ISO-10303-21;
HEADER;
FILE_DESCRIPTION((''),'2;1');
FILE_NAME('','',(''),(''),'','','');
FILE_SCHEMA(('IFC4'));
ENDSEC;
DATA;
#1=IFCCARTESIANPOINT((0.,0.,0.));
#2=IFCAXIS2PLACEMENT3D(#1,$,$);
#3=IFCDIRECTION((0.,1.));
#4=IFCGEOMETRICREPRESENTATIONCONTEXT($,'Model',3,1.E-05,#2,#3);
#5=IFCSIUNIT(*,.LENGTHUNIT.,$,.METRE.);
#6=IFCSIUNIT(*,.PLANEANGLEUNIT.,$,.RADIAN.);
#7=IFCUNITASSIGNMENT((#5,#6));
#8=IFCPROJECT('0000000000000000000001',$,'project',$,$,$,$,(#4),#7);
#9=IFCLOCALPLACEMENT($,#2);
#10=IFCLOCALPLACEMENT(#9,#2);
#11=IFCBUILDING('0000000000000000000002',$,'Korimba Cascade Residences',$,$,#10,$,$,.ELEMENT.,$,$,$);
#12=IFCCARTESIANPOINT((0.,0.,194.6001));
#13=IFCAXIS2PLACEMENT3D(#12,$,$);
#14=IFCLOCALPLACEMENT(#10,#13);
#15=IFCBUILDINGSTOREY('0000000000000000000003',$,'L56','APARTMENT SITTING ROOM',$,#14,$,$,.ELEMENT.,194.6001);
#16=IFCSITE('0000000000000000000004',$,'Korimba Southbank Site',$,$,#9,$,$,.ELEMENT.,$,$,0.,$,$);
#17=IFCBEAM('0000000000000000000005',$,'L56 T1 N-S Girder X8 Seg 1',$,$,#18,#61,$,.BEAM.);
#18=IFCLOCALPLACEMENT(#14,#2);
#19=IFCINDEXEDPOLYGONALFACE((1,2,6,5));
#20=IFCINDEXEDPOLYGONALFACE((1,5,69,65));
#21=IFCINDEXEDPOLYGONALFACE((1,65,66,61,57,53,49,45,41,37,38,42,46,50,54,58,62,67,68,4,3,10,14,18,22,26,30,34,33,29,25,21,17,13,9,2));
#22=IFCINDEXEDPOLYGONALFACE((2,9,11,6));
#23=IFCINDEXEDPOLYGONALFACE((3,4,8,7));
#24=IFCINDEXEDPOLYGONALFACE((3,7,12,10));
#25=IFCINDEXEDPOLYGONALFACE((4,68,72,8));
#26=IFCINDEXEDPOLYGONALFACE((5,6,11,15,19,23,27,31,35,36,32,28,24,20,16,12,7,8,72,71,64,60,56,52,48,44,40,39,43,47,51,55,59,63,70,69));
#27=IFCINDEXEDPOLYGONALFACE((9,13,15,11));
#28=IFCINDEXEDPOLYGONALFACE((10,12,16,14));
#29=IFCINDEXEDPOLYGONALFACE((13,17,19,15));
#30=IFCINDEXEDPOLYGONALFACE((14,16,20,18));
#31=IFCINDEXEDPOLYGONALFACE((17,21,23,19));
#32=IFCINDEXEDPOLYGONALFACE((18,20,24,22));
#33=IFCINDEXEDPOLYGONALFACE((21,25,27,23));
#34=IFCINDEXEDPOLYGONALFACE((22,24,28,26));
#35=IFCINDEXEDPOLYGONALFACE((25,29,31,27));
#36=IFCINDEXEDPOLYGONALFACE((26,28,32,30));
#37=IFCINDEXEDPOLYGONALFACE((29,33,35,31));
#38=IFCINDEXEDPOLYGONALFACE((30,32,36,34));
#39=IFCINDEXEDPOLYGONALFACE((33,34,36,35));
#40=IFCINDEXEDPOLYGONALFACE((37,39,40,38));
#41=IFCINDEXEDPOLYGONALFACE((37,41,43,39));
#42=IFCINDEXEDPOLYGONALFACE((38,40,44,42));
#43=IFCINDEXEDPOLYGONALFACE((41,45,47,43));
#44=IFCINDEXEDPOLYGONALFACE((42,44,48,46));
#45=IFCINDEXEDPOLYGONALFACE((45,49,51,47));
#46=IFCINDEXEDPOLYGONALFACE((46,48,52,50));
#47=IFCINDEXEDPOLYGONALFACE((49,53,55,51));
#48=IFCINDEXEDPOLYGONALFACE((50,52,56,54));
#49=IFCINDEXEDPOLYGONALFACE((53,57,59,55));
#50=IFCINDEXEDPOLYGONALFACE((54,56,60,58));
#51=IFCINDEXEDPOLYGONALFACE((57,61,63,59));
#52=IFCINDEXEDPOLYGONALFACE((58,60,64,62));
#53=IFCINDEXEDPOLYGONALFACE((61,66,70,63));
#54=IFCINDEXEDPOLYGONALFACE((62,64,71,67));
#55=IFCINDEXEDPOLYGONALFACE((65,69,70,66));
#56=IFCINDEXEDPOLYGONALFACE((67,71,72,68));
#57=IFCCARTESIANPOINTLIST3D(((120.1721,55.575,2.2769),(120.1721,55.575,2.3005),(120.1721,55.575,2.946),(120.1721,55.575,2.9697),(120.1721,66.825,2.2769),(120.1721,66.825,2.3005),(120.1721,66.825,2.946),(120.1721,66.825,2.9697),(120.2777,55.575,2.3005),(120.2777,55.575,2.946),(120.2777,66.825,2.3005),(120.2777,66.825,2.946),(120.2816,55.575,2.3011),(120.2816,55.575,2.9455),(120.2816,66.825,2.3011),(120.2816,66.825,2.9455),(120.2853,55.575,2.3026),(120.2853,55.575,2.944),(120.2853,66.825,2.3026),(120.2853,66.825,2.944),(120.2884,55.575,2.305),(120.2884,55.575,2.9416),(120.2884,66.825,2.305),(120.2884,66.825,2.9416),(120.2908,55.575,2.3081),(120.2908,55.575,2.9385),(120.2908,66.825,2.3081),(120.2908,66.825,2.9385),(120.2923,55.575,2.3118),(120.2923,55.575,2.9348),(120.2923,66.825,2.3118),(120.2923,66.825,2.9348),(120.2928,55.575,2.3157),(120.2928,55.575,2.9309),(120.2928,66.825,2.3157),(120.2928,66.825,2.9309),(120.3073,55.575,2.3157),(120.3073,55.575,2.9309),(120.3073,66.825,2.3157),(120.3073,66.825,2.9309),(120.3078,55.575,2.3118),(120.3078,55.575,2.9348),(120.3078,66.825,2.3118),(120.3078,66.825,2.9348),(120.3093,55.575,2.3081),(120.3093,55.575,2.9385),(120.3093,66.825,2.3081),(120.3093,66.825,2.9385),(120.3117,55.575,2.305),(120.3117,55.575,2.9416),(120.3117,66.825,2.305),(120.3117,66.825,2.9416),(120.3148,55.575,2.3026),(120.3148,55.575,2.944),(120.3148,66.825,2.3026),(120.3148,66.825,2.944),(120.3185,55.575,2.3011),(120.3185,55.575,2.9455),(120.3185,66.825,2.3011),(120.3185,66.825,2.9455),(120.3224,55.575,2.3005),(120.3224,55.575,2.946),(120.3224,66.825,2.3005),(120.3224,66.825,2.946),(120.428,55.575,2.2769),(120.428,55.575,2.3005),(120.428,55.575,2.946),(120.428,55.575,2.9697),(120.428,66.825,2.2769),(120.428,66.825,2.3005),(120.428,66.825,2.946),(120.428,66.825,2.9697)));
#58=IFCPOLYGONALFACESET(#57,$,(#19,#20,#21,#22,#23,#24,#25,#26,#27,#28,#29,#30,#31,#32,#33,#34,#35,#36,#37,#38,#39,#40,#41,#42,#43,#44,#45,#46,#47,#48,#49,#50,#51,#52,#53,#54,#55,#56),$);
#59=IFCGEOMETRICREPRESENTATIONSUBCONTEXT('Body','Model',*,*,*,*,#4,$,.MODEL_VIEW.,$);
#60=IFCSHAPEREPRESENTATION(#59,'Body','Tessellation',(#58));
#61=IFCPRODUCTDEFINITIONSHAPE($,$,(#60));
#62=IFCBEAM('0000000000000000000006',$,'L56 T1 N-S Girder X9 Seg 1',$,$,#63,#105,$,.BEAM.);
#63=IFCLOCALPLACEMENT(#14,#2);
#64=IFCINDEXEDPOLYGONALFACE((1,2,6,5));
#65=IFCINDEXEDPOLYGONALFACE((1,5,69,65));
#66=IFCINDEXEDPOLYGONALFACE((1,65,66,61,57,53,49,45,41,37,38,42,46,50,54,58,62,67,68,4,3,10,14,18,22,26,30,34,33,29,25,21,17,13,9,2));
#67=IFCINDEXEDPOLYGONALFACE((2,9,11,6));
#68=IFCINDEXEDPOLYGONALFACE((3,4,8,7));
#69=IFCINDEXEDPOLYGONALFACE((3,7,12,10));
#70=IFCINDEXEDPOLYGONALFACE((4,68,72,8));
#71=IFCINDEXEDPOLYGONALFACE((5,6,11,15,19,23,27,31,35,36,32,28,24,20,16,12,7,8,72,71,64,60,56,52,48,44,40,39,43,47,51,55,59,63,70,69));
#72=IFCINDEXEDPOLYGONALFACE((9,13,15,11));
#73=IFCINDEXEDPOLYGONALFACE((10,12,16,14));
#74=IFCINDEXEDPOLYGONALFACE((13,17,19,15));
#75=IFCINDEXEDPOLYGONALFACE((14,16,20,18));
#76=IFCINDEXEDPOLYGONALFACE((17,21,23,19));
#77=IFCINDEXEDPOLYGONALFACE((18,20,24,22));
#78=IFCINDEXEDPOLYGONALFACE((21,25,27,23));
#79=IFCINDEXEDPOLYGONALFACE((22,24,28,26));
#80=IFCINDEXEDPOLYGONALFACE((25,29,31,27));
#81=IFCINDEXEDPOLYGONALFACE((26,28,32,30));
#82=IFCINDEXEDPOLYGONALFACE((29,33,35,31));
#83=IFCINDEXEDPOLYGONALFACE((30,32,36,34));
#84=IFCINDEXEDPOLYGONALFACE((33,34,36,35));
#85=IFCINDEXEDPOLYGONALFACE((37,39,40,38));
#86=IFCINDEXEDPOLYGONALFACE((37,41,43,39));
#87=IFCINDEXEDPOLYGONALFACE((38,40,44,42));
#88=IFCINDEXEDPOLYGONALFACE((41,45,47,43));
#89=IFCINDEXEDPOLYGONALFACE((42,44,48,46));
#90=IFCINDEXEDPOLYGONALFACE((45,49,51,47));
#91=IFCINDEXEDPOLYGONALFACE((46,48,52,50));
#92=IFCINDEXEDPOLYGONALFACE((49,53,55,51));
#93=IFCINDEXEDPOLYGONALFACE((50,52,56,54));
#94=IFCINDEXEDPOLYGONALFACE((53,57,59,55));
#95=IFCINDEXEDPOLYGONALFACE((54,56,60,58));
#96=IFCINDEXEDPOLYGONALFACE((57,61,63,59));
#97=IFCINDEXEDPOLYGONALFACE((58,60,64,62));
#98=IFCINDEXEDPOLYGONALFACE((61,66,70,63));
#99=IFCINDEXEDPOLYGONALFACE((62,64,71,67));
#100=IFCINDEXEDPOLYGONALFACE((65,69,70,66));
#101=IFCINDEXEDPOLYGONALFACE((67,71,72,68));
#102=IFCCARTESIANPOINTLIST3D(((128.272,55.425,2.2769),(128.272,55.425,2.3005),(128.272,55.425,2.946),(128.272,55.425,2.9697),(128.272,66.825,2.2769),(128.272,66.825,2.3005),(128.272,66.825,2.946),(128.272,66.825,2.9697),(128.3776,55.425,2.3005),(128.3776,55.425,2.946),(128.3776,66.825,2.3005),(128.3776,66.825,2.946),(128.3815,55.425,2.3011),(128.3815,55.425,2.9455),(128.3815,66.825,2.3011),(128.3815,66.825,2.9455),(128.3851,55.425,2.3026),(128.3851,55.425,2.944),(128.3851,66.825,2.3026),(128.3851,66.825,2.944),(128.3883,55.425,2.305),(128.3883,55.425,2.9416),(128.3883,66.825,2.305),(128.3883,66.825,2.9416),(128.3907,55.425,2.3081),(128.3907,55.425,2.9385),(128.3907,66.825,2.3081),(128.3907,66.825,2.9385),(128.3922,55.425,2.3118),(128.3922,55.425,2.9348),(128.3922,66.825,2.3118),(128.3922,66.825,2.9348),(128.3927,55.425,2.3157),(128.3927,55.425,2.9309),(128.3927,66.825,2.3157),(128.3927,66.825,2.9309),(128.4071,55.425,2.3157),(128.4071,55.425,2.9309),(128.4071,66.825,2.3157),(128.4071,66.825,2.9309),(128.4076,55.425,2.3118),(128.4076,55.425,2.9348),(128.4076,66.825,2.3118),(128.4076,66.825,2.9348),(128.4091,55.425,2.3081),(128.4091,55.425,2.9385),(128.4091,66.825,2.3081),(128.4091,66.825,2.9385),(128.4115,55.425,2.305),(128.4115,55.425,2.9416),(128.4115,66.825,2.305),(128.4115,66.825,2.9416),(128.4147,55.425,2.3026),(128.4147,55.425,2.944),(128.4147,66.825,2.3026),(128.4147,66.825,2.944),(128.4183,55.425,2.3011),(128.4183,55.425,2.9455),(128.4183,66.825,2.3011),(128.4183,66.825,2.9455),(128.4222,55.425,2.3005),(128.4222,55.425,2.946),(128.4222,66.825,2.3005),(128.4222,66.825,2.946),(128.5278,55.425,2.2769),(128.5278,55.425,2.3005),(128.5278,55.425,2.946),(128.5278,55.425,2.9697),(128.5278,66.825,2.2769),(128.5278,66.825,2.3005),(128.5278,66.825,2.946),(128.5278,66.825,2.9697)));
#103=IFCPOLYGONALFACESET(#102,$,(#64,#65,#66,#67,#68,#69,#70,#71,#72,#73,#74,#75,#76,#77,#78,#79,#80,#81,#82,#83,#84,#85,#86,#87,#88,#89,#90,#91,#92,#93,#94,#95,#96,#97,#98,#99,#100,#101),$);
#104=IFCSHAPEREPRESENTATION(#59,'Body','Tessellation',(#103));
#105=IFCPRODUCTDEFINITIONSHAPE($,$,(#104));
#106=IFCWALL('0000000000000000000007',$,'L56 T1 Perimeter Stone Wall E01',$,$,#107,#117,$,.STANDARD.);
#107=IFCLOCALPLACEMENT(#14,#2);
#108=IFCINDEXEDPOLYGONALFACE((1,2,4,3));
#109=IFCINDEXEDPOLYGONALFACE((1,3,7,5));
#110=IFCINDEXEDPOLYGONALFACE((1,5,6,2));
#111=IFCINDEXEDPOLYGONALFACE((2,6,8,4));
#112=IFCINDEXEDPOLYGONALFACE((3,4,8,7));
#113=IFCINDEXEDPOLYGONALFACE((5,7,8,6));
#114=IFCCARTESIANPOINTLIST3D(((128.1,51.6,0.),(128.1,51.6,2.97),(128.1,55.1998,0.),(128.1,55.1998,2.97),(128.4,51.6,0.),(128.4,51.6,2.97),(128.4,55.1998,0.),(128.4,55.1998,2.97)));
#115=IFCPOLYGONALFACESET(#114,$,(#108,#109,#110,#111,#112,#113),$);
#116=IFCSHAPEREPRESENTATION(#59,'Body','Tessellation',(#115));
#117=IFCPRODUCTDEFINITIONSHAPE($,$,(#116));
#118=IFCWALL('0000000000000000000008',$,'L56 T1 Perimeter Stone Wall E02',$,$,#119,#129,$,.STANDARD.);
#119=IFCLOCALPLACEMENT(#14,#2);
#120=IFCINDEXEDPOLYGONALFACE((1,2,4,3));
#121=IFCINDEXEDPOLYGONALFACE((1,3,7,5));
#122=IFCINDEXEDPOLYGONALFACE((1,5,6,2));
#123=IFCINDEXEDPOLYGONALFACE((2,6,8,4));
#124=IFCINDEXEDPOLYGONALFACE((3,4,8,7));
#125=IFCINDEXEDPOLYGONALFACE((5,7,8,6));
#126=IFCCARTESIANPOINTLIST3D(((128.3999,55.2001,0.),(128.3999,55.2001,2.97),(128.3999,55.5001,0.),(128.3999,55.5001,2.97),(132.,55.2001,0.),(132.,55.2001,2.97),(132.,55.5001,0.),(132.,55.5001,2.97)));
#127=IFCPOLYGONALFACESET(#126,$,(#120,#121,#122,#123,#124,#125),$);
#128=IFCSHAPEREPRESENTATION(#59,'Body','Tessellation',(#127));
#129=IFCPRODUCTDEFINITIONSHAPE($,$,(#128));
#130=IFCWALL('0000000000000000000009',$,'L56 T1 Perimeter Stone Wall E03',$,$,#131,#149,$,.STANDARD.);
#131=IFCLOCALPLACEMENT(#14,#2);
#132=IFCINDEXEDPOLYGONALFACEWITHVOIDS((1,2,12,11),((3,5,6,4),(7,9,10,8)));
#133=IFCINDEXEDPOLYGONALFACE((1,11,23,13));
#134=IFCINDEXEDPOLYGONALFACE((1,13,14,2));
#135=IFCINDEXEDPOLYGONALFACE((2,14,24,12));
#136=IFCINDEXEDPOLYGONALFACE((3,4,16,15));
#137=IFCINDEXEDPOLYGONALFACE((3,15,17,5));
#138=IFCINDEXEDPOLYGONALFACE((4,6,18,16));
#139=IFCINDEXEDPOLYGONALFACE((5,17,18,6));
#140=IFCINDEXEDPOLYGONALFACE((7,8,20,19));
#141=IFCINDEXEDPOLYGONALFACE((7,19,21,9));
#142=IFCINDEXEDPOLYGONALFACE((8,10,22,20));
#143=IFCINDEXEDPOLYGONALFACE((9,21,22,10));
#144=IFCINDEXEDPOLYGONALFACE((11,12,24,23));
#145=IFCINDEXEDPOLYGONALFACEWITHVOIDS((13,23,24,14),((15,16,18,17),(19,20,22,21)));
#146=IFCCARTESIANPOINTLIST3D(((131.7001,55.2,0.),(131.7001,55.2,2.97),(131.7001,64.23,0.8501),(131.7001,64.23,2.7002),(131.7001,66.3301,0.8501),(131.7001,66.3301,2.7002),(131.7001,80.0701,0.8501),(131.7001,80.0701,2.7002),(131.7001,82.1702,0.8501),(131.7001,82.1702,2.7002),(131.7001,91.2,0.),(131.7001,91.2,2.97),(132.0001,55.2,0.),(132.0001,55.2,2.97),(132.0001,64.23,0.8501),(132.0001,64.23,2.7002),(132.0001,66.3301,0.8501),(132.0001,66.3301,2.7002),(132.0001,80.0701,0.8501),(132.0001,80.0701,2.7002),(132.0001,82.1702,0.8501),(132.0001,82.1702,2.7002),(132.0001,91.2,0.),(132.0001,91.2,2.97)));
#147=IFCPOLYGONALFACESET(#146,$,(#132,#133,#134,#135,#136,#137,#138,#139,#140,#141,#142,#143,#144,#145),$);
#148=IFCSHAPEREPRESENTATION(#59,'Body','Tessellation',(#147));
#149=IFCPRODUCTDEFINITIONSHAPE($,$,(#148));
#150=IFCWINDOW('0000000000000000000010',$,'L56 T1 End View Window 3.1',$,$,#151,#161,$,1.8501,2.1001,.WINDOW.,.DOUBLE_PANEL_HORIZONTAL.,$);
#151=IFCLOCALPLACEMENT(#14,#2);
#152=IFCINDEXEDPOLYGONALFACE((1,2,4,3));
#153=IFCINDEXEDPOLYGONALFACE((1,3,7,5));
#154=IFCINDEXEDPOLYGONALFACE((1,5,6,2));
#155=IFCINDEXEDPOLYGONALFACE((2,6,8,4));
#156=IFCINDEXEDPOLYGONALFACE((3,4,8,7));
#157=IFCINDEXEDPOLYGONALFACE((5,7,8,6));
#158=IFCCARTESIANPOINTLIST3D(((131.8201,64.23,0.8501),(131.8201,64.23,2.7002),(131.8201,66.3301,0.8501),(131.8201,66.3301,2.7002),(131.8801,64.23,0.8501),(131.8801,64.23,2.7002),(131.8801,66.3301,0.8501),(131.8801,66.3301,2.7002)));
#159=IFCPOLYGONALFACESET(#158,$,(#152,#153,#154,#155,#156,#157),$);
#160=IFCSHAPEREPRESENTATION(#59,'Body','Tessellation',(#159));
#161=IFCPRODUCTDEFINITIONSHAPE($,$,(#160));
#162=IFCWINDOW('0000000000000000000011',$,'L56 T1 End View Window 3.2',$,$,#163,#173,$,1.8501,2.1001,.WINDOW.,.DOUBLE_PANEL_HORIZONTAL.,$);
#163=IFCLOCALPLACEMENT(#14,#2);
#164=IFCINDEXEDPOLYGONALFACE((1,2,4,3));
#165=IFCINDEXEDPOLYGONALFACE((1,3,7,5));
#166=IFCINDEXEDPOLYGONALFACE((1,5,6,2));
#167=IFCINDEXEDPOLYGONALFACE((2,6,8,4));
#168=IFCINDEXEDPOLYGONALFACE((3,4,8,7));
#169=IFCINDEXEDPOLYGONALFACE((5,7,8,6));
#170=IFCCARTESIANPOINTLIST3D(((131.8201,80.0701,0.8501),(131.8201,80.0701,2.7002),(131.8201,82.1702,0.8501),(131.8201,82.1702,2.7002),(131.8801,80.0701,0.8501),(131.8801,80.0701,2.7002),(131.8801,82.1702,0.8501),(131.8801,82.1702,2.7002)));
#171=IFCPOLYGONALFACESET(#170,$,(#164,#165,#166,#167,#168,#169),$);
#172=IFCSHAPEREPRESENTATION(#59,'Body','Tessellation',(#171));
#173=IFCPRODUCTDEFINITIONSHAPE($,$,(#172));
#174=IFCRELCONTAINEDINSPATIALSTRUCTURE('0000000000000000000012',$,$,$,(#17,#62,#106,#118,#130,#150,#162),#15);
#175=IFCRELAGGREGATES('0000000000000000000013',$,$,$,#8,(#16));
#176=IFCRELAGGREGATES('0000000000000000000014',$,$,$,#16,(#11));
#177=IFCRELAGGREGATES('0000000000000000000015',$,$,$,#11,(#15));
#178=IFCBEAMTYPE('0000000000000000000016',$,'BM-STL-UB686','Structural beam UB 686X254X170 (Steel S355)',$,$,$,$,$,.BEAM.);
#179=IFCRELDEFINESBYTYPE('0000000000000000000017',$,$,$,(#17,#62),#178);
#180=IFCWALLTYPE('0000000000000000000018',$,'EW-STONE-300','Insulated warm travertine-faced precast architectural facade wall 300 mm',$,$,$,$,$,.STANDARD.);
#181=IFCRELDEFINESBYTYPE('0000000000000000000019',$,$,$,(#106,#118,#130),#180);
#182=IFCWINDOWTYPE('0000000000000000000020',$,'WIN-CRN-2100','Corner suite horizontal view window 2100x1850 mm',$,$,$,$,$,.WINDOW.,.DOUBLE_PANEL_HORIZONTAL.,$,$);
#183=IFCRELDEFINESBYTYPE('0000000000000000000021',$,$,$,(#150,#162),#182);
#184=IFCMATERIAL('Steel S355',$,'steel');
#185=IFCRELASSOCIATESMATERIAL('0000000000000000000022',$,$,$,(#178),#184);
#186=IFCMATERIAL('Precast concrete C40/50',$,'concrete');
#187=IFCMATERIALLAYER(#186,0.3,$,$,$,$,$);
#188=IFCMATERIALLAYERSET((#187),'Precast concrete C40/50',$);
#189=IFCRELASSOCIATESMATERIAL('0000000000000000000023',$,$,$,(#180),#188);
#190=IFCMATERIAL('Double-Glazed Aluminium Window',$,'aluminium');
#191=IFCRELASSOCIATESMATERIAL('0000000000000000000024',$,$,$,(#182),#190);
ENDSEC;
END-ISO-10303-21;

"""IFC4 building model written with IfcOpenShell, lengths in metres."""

from ifc_helpers import new_model, si_unit, direction, frame, frame_2d, origin, origin_2d, place, context, subcontext, project, spatial, rectangle, i_section, extrude, material, layer, layer_set, material_profile, profile_set, type_object, element, fill, save


model = new_model("IFC4")

# Units and contexts
model_context = context("Model", 3, precision=1e-05, world=origin(), true_north=direction((0.0, 1.0)))
body_context = subcontext(model_context, "Body", "Model", "MODEL_VIEW")
ifc_project = project(units=[si_unit("LENGTHUNIT", "METRE"), si_unit("PLANEANGLEUNIT", "RADIAN")], contexts=[model_context])

# Site, building, storey
site_placement = place(None, origin())
site = spatial("IfcSite", under=ifc_project, at=site_placement, Name="Korimba Southbank Site", CompositionType="ELEMENT", RefElevation=0.0)
building_placement = place(site_placement, origin())
building = spatial("IfcBuilding", under=site, at=building_placement, Name="Korimba Cascade Residences", CompositionType="ELEMENT")
storey_placement = place(building_placement, frame((0.0, 0.0, 194.6001)))
storey = spatial("IfcBuildingStorey", under=building, at=storey_placement, Name="L56", Description="APARTMENT SITTING ROOM", CompositionType="ELEMENT", Elevation=194.6001)

# Beams
ifc_material_1 = material(Name="Steel S355", Category="steel")
ifc_material_profile_1 = material_profile(ifc_material_1, i_section(OverallWidth=0.2559, OverallDepth=0.6929, WebThickness=0.0144, FlangeThickness=0.0237, FilletRadius=0.0151, at=origin_2d()), Name="Steel S355")
ifc_profile_set_1 = profile_set([ifc_material_profile_1], Name="Steel S355")
beam_type_1 = type_object("IfcBeamType", Name="BM-STL-UB686", Description="Structural beam UB 686X254X170 (Steel S355)", PredefinedType="BEAM", material=ifc_profile_set_1)
beam_1_placement = place(storey_placement, frame((120.3, 55.575, 2.6233), z_axis=(0.0, 1.0, 0.0), x_axis=(-1.0, 0.0, 0.0)))
element("IfcBeam", 1, at=beam_1_placement, inside=storey, type_object=beam_type_1, Name="L56 T1 N-S Girder X8 Seg 1", PredefinedType="BEAM", context=body_context, shape_type="SweptSolid", body=[
    extrude(i_section(OverallWidth=0.2559, OverallDepth=0.6929, WebThickness=0.0144, FlangeThickness=0.0237, FilletRadius=0.0151, at=origin_2d()), origin(), (0.0, 0.0, 1.0), 11.25),
])
beam_2_placement = place(storey_placement, frame((128.3999, 55.425, 2.6233), z_axis=(0.0, 1.0, 0.0), x_axis=(-1.0, 0.0, 0.0)))
element("IfcBeam", 2, at=beam_2_placement, inside=storey, type_object=beam_type_1, Name="L56 T1 N-S Girder X9 Seg 1", PredefinedType="BEAM", context=body_context, shape_type="SweptSolid", body=[
    extrude(i_section(OverallWidth=0.2559, OverallDepth=0.6929, WebThickness=0.0144, FlangeThickness=0.0237, FilletRadius=0.0151, at=origin_2d()), origin(), (0.0, 0.0, 1.0), 11.3999),
])

# Walls
ifc_material_2 = material(Name="Precast concrete C40/50", Category="concrete")
ifc_layer_1 = layer(ifc_material_2, 0.3)
ifc_layer_set_1 = layer_set([ifc_layer_1], Name="Precast concrete C40/50")
wall_type_1 = type_object("IfcWallType", Name="EW-STONE-300", Description="Insulated warm travertine-faced precast architectural facade wall 300 mm", PredefinedType="STANDARD", material=ifc_layer_set_1)
wall_1_placement = place(storey_placement, frame((128.25, 51.6001, 0.0), z_axis=(0.0, 0.0, 1.0), x_axis=(0.0, 1.0, 0.0)))
element("IfcWall", 3, at=wall_1_placement, inside=storey, type_object=wall_type_1, Name="L56 T1 Perimeter Stone Wall E01", PredefinedType="STANDARD", context=body_context, shape_type="SweptSolid", body=[
    extrude(rectangle(XDim=3.5999, YDim=0.3, at=frame_2d((1.7998, 0.0))), origin(), (0.0, 0.0, 1.0), 2.97),
])
wall_2_placement = place(storey_placement, frame((128.3999, 55.3501, 0.0), z_axis=(0.0, 0.0, 1.0), x_axis=(1.0, 0.0, 0.0)))
element("IfcWall", 4, at=wall_2_placement, inside=storey, type_object=wall_type_1, Name="L56 T1 Perimeter Stone Wall E02", PredefinedType="STANDARD", context=body_context, shape_type="SweptSolid", body=[
    extrude(rectangle(XDim=3.6001, YDim=0.3, at=frame_2d((1.8, 0.0))), origin(), (0.0, 0.0, 1.0), 2.97),
])

# Wall, openings, windows
wall_3_placement = place(storey_placement, frame((131.8501, 55.2, 0.0), z_axis=(0.0, 0.0, 1.0), x_axis=(0.0, 1.0, 0.0)))
wall_3 = element("IfcWall", 5, at=wall_3_placement, inside=storey, type_object=wall_type_1, Name="L56 T1 Perimeter Stone Wall E03", PredefinedType="STANDARD", context=body_context, shape_type="SweptSolid", body=[
    extrude(rectangle(XDim=36.0, YDim=0.3, at=frame_2d((18.0, 0.0))), origin(), (0.0, 0.0, 1.0), 2.97),
])
opening_1_placement = place(wall_3_placement, frame((9.03, 0.0, 0.8501)))
opening_1 = element("IfcOpeningElement", 6, at=opening_1_placement, cuts=wall_3, PredefinedType="OPENING", context=body_context, shape_type="SweptSolid", body=[
    extrude(rectangle(XDim=2.1001, YDim=1.8501, at=frame_2d((1.05, 0.925))), frame((0.0, 0.1602, 0.0), z_axis=(0.0, -1.0, 0.0), x_axis=(1.0, 0.0, 0.0)), (0.0, 0.0, 1.0), 0.3201),
])
opening_2_placement = place(wall_3_placement, frame((24.8701, 0.0, 0.8501)))
opening_2 = element("IfcOpeningElement", 7, at=opening_2_placement, cuts=wall_3, PredefinedType="OPENING", context=body_context, shape_type="SweptSolid", body=[
    extrude(rectangle(XDim=2.1001, YDim=1.8501, at=frame_2d((1.05, 0.925))), frame((0.0, 0.1602, 0.0), z_axis=(0.0, -1.0, 0.0), x_axis=(1.0, 0.0, 0.0)), (0.0, 0.0, 1.0), 0.3201),
])
ifc_material_3 = material(Name="Double-Glazed Aluminium Window", Category="aluminium")
window_type_1 = type_object("IfcWindowType", Name="WIN-CRN-2100", Description="Corner suite horizontal view window 2100x1850 mm", PartitioningType="DOUBLE_PANEL_HORIZONTAL", PredefinedType="WINDOW", material=ifc_material_3)
window_1_placement = place(opening_1_placement, origin())
window_1 = element("IfcWindow", 8, at=window_1_placement, inside=storey, type_object=window_type_1, Name="L56 T1 End View Window 3.1", OverallHeight=1.8501, OverallWidth=2.1001, PartitioningType="DOUBLE_PANEL_HORIZONTAL", PredefinedType="WINDOW", context=body_context, shape_type="SweptSolid", body=[
    extrude(rectangle(XDim=2.1001, YDim=1.8501, at=frame_2d((1.05, 0.925))), frame((0.0, 0.03, 0.0), z_axis=(0.0, -1.0, 0.0), x_axis=(1.0, 0.0, 0.0)), (0.0, 0.0, 1.0), 0.0601),
])
fill(opening_1, window_1)
window_2_placement = place(opening_2_placement, origin())
window_2 = element("IfcWindow", 9, at=window_2_placement, inside=storey, type_object=window_type_1, Name="L56 T1 End View Window 3.2", OverallHeight=1.8501, OverallWidth=2.1001, PartitioningType="DOUBLE_PANEL_HORIZONTAL", PredefinedType="WINDOW", context=body_context, shape_type="SweptSolid", body=[
    extrude(rectangle(XDim=2.1001, YDim=1.8501, at=frame_2d((1.05, 0.925))), frame((0.0, 0.03, 0.0), z_axis=(0.0, -1.0, 0.0), x_axis=(1.0, 0.0, 0.0)), (0.0, 0.0, 1.0), 0.0601),
])
fill(opening_2, window_2)

save(model, "model.ifc")
